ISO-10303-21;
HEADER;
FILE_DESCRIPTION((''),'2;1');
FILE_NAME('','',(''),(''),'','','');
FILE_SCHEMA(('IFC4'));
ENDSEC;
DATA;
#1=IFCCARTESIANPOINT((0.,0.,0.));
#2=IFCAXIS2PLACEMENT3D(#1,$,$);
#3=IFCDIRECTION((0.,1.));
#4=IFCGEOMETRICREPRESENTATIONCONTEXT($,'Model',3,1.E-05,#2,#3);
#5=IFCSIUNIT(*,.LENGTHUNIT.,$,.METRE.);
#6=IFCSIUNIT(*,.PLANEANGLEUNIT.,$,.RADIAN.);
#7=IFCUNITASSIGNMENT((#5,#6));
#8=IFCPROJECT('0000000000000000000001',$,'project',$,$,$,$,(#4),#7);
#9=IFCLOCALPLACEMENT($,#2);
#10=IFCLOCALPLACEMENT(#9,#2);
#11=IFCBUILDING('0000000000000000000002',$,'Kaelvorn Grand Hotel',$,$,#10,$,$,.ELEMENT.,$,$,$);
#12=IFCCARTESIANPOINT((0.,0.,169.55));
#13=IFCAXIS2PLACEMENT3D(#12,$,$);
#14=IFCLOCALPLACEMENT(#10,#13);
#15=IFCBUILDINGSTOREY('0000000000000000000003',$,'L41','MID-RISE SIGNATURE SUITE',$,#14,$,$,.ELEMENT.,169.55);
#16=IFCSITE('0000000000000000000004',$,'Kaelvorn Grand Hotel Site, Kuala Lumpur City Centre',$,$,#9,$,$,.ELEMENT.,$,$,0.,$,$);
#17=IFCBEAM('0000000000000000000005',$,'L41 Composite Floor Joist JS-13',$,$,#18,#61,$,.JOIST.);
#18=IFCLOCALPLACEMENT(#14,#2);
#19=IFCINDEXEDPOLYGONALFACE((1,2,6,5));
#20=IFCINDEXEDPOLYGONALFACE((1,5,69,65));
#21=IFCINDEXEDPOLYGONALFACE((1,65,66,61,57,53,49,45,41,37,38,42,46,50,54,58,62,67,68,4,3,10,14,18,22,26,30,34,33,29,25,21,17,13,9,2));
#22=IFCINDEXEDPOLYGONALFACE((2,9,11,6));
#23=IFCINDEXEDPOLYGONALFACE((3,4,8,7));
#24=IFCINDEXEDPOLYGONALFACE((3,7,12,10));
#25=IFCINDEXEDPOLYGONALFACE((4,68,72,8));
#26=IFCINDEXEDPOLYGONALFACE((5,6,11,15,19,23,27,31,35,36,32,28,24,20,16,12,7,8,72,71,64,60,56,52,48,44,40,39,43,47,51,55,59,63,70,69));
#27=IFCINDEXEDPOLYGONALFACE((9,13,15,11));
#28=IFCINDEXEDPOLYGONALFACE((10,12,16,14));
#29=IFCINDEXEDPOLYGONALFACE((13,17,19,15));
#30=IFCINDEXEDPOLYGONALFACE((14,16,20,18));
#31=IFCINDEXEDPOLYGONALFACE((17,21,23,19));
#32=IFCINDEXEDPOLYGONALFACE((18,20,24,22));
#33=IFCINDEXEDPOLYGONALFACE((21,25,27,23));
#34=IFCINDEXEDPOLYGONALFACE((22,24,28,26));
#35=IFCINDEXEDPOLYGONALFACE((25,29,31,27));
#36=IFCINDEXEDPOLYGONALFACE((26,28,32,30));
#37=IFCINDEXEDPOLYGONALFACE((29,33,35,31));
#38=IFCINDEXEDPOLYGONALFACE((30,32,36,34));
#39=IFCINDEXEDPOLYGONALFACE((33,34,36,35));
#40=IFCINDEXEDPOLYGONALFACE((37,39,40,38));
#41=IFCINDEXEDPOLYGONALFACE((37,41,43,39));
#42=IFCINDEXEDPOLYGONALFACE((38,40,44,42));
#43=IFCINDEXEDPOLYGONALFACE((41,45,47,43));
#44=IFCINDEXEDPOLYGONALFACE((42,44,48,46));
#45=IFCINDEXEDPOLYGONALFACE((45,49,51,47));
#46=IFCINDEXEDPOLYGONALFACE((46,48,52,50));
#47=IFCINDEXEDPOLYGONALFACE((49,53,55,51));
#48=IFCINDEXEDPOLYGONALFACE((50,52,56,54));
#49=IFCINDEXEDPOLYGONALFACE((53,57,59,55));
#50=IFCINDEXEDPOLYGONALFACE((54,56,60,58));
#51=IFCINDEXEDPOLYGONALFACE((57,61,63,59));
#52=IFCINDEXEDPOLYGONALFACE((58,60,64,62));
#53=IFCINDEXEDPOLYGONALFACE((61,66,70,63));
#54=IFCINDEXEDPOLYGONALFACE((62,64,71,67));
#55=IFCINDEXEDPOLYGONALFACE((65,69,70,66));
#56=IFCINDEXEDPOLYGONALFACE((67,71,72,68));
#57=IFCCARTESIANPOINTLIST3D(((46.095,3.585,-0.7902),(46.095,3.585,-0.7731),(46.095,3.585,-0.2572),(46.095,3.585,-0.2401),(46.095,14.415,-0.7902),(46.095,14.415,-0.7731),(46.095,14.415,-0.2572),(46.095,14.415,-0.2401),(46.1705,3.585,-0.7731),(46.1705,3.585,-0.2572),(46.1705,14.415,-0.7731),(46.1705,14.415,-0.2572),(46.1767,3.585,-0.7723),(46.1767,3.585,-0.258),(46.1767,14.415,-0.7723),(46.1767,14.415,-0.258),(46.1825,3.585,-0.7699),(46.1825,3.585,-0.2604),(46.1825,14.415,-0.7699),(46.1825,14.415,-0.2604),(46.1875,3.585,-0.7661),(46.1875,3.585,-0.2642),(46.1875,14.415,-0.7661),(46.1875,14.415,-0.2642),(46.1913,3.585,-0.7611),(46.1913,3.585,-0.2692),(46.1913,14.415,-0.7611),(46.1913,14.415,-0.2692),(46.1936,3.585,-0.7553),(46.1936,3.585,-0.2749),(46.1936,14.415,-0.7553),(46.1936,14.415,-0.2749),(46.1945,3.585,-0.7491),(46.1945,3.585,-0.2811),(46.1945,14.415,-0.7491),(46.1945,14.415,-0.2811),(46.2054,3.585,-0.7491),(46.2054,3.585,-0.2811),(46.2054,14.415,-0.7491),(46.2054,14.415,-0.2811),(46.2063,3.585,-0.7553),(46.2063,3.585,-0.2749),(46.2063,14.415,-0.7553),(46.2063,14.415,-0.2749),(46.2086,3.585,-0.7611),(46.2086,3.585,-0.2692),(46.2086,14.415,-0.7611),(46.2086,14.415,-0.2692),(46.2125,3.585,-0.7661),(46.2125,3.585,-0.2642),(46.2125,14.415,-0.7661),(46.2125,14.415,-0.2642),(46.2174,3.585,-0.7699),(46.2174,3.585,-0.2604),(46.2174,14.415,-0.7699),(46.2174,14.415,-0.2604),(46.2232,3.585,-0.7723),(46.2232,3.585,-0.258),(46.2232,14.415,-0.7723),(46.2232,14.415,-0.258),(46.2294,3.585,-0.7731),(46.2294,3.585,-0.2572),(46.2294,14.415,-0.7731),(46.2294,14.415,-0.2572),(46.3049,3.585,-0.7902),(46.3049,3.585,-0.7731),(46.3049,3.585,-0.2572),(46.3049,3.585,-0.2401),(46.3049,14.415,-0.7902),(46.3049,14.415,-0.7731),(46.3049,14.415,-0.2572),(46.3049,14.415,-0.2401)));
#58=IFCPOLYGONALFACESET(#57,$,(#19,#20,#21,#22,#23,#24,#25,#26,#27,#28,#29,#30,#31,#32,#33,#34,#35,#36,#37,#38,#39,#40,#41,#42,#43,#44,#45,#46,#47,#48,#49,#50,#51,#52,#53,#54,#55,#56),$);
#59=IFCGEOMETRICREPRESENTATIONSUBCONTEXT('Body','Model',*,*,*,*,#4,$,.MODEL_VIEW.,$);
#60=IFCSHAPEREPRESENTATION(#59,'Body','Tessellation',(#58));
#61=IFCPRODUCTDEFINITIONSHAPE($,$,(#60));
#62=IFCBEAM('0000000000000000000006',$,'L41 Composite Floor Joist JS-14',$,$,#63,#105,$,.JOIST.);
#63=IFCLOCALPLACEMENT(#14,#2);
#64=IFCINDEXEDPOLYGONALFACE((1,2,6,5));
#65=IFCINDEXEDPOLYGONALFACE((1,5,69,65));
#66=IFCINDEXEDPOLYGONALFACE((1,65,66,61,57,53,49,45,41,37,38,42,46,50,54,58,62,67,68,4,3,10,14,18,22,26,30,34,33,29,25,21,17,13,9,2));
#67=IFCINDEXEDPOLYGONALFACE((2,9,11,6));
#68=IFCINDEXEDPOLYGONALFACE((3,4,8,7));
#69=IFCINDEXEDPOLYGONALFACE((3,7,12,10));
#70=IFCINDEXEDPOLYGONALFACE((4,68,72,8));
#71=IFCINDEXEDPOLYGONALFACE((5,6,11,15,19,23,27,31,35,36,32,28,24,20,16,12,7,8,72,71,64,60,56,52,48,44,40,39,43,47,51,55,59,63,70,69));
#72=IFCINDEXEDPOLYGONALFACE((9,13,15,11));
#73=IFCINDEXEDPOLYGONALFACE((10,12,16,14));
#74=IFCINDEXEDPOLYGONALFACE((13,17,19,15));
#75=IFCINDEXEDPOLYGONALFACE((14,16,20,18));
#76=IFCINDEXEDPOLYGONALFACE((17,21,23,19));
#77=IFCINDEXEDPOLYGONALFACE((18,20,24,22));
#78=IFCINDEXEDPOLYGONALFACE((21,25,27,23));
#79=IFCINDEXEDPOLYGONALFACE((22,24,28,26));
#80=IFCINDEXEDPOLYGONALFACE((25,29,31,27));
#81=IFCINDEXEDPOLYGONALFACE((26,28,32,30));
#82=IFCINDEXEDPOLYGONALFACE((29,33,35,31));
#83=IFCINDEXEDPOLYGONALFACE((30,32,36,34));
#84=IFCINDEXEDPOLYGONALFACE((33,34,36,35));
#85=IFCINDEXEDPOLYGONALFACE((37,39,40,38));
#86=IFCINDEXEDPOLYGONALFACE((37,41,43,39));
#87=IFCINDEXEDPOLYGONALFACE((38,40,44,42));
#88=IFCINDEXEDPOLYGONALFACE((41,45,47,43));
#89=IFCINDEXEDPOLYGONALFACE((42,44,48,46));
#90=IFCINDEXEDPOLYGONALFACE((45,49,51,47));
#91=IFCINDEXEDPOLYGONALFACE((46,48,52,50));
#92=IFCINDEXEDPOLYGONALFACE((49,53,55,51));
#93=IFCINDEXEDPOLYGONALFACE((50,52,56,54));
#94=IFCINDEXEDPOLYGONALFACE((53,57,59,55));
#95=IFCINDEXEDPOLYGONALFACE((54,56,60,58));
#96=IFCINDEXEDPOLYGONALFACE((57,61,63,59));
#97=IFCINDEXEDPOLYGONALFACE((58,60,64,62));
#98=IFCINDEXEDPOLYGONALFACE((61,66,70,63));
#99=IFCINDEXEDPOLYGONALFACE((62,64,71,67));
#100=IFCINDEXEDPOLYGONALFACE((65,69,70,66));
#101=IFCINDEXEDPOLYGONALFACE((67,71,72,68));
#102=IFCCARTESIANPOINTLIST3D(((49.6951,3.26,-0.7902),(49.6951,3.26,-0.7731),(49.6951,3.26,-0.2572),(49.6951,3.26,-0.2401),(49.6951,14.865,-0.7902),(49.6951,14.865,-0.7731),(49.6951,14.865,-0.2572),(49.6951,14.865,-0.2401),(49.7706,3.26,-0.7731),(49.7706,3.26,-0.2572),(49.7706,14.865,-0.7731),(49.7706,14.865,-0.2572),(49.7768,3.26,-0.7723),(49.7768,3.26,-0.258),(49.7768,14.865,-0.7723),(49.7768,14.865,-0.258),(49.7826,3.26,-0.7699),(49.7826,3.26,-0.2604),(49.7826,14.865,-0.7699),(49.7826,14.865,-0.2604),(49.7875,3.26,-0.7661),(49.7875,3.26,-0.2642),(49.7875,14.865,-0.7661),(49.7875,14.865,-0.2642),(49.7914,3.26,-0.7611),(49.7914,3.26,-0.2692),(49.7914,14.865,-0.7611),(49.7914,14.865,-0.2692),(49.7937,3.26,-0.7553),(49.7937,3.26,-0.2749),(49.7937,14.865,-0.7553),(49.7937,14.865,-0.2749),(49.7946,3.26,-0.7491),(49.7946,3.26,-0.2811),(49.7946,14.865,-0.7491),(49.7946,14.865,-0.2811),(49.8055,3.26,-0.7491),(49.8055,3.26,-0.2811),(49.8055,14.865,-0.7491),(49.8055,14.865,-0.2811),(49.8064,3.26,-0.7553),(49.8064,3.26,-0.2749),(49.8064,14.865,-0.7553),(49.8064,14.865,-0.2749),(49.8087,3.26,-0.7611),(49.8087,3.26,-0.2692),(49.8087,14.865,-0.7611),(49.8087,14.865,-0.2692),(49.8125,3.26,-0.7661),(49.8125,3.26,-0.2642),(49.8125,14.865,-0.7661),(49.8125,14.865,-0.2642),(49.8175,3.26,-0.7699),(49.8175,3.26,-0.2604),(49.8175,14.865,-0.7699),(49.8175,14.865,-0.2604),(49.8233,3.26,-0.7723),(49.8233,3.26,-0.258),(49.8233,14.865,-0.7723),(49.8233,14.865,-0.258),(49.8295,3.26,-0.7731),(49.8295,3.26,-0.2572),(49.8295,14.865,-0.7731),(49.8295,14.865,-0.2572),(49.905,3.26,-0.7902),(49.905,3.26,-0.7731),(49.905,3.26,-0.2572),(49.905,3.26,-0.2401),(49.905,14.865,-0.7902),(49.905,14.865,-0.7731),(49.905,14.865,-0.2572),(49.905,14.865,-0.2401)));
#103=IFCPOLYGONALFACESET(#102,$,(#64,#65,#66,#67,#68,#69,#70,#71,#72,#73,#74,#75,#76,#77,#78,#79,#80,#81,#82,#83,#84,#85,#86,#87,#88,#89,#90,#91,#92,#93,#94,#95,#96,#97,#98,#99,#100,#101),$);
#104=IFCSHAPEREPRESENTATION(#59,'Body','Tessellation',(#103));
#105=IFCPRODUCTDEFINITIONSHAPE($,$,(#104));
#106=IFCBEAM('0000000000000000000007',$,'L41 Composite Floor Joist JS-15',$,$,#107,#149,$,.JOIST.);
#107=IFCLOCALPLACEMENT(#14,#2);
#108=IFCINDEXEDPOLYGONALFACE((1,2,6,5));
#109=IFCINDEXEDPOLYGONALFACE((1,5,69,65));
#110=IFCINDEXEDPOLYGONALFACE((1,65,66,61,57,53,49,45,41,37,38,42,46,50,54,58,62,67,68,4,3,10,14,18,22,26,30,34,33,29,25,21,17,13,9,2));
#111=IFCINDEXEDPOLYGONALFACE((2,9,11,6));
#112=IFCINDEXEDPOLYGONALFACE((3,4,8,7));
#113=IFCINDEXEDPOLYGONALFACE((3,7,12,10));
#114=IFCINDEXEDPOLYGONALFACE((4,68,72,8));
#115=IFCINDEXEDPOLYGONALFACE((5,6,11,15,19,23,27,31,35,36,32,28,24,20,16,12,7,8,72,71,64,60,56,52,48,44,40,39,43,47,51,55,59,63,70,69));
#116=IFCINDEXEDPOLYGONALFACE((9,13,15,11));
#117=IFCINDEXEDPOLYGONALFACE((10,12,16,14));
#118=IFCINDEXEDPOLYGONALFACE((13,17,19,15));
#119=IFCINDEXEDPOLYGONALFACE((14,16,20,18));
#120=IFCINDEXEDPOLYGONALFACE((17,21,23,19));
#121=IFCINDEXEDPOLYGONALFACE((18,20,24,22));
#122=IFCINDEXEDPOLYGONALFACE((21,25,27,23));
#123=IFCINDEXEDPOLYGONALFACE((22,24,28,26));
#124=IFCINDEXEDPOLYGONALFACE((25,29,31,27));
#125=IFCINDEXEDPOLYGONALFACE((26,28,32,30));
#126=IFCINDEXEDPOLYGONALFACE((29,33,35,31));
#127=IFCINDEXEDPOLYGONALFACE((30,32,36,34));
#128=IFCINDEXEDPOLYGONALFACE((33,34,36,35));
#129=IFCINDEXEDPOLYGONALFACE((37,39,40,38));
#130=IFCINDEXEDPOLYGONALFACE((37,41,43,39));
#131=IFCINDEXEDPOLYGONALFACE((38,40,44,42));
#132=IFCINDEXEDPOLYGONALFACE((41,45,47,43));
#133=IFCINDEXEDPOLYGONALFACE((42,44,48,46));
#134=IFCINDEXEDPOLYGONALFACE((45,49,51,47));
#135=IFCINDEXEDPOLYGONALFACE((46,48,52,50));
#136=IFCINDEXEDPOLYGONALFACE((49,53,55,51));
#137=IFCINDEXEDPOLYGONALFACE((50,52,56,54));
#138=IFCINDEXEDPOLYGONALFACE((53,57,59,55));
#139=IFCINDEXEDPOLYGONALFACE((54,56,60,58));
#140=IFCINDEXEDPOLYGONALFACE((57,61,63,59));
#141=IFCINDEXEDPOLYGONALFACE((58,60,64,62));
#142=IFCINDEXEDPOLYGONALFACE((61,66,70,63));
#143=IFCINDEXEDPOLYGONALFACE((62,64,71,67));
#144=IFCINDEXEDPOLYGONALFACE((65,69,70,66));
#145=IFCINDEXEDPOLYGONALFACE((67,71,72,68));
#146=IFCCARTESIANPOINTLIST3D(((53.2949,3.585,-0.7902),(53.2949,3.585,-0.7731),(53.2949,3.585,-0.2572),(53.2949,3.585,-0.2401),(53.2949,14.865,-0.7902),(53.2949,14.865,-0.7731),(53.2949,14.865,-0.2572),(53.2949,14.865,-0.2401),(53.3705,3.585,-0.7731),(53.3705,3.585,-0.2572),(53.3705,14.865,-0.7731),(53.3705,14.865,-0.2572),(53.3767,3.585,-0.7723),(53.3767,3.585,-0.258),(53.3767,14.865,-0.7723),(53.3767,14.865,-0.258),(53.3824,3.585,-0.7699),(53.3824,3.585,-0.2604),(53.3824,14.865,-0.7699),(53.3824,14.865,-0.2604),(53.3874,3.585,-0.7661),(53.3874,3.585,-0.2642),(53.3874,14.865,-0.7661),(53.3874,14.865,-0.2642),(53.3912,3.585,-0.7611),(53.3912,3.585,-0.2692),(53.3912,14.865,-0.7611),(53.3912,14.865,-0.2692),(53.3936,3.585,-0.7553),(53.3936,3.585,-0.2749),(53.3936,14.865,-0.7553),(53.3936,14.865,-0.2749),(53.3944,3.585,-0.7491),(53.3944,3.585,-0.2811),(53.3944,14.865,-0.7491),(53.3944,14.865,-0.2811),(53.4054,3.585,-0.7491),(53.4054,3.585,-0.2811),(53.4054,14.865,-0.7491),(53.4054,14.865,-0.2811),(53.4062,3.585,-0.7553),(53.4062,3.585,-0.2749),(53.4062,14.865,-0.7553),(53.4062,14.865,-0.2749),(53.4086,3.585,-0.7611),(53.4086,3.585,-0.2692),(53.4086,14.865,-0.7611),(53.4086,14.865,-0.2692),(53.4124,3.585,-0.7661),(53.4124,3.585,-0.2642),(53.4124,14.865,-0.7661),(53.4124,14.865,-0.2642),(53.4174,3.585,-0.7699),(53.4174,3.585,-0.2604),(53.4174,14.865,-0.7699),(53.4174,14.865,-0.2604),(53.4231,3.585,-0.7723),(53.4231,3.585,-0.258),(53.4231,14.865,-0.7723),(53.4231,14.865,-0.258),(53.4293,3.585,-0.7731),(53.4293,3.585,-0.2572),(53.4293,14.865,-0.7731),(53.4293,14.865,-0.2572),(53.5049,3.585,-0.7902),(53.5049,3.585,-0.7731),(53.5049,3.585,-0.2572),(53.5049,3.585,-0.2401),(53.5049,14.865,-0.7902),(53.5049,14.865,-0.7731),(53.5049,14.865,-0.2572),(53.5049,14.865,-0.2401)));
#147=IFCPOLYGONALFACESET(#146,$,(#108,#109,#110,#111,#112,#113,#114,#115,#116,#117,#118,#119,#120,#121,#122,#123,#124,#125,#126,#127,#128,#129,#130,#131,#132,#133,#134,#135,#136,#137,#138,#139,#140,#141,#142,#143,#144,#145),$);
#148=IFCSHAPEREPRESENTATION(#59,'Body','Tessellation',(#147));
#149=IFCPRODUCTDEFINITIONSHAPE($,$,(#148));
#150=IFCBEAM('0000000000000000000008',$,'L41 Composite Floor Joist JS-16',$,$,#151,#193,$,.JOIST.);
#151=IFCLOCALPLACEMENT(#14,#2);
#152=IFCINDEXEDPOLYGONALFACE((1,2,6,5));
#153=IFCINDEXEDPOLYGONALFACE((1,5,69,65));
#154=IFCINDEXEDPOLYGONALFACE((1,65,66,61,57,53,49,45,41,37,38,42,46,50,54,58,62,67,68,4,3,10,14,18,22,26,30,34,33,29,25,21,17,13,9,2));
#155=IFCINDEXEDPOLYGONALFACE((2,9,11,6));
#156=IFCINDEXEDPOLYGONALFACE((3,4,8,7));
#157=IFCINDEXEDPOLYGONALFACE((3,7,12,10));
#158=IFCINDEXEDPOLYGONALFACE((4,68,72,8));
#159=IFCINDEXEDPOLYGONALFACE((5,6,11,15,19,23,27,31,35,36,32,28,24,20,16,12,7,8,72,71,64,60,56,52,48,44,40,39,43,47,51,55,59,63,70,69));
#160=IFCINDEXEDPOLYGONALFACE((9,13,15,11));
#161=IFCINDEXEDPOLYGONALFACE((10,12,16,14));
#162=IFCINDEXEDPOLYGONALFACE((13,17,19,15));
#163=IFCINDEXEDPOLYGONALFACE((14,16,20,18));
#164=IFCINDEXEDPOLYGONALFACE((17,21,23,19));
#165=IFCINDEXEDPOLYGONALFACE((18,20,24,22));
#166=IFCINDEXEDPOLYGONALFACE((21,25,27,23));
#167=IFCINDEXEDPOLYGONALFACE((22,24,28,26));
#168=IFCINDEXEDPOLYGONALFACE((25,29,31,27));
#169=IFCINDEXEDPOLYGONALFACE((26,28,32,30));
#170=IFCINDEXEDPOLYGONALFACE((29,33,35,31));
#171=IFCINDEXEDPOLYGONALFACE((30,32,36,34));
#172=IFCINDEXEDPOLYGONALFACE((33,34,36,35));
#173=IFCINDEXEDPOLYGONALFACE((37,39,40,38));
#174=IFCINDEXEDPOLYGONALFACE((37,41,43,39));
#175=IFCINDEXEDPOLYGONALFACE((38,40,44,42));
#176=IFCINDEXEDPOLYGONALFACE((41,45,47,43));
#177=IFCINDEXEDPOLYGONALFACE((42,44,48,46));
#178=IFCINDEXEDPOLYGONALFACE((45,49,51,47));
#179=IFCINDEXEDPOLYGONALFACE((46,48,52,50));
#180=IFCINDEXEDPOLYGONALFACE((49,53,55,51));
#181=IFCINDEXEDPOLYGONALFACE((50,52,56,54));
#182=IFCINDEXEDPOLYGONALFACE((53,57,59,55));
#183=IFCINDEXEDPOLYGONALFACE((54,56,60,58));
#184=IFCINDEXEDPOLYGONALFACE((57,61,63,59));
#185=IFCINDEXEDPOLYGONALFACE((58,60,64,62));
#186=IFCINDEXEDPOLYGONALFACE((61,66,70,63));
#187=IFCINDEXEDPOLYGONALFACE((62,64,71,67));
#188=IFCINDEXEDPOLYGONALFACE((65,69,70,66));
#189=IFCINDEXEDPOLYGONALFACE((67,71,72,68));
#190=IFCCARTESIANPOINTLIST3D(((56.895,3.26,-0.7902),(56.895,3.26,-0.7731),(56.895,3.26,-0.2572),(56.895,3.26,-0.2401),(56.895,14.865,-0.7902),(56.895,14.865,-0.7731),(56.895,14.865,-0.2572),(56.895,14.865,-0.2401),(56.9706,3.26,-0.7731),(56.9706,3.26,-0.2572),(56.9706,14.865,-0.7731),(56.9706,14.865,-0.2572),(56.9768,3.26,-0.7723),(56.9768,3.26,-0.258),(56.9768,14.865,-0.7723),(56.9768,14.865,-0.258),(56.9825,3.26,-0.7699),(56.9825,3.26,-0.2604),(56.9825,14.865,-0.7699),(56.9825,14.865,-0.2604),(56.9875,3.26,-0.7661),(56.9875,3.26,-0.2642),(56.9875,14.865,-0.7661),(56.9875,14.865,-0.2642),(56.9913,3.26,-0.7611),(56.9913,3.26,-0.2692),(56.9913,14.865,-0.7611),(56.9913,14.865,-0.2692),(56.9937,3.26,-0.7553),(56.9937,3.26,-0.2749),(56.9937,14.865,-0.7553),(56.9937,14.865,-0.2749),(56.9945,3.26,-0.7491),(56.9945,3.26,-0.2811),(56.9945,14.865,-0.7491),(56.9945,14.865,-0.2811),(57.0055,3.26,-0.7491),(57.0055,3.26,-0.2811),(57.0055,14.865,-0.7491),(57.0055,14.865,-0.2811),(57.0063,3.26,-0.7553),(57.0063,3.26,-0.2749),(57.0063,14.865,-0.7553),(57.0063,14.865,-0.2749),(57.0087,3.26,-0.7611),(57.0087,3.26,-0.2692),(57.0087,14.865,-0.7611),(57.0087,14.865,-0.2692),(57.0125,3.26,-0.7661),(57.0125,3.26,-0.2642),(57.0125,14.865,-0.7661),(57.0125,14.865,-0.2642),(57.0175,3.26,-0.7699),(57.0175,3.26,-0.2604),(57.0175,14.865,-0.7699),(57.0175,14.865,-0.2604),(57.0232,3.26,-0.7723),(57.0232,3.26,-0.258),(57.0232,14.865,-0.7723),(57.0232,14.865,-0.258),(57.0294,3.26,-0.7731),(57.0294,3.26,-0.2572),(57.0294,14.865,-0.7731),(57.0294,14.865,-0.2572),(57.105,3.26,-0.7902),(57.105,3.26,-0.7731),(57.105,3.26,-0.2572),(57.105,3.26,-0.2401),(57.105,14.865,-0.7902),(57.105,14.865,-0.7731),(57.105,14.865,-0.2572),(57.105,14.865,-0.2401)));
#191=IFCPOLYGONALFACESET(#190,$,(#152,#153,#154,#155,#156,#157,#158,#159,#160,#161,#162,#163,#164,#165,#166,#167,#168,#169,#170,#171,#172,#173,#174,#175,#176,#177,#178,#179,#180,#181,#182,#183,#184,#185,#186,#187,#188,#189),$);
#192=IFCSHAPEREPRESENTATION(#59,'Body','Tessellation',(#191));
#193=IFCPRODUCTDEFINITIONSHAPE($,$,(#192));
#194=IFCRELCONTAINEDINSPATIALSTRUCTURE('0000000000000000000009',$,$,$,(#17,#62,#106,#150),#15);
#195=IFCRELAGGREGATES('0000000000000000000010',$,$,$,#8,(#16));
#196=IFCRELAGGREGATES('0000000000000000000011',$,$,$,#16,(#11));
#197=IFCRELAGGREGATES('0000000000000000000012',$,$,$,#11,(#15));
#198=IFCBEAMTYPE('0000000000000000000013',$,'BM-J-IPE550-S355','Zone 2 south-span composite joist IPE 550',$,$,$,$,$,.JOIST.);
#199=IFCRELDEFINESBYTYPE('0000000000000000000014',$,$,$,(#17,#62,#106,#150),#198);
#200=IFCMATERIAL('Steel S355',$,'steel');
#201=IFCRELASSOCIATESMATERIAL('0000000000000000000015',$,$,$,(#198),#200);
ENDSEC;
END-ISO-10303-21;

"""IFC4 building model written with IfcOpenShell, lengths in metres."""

from ifc_helpers import new_model, si_unit, direction, frame, origin, origin_2d, place, context, subcontext, project, spatial, i_section, extrude, material, material_profile, profile_set, type_object, element, save


model = new_model("IFC4")

# Units and contexts
model_context = context("Model", 3, precision=1e-05, world=origin(), true_north=direction((0.0, 1.0)))
body_context = subcontext(model_context, "Body", "Model", "MODEL_VIEW")
ifc_project = project(units=[si_unit("LENGTHUNIT", "METRE"), si_unit("PLANEANGLEUNIT", "RADIAN")], contexts=[model_context])

# Site, building, storey
site_placement = place(None, origin())
site = spatial("IfcSite", under=ifc_project, at=site_placement, Name="Kaelvorn Grand Hotel Site, Kuala Lumpur City Centre", CompositionType="ELEMENT", RefElevation=0.0)
building_placement = place(site_placement, origin())
building = spatial("IfcBuilding", under=site, at=building_placement, Name="Kaelvorn Grand Hotel", CompositionType="ELEMENT")
storey_placement = place(building_placement, frame((0.0, 0.0, 169.55)))
storey = spatial("IfcBuildingStorey", under=building, at=storey_placement, Name="L41", Description="MID-RISE SIGNATURE SUITE", CompositionType="ELEMENT", Elevation=169.55)

# Beams
ifc_material_1 = material(Name="Steel S355", Category="steel")
ifc_material_profile_1 = material_profile(ifc_material_1, i_section(OverallWidth=0.21, OverallDepth=0.55, WebThickness=0.011, FlangeThickness=0.0171, FilletRadius=0.0239, at=origin_2d()), Name="IPE 550")
ifc_profile_set_1 = profile_set([ifc_material_profile_1], Name="Steel S355")
beam_type_1 = type_object("IfcBeamType", Name="BM-J-IPE550-S355", Description="Zone 2 south-span composite joist IPE 550", PredefinedType="JOIST", material=ifc_profile_set_1)
beam_1_placement = place(storey_placement, frame((46.2, 3.585, -0.5151), z_axis=(0.0, 1.0, 0.0), x_axis=(-1.0, 0.0, 0.0)))
element("IfcBeam", 1, at=beam_1_placement, inside=storey, type_object=beam_type_1, Name="L41 Composite Floor Joist JS-13", PredefinedType="JOIST", context=body_context, shape_type="SweptSolid", body=[
    extrude(i_section(OverallWidth=0.21, OverallDepth=0.55, WebThickness=0.011, FlangeThickness=0.0171, FilletRadius=0.0239, at=origin_2d()), origin(), (0.0, 0.0, 1.0), 10.8301),
])
beam_2_placement = place(storey_placement, frame((49.8, 3.26, -0.5151), z_axis=(0.0, 1.0, 0.0), x_axis=(-1.0, 0.0, 0.0)))
element("IfcBeam", 2, at=beam_2_placement, inside=storey, type_object=beam_type_1, Name="L41 Composite Floor Joist JS-14", PredefinedType="JOIST", context=body_context, shape_type="SweptSolid", body=[
    extrude(i_section(OverallWidth=0.21, OverallDepth=0.55, WebThickness=0.011, FlangeThickness=0.0171, FilletRadius=0.0239, at=origin_2d()), origin(), (0.0, 0.0, 1.0), 11.605),
])
beam_3_placement = place(storey_placement, frame((53.3999, 3.585, -0.5151), z_axis=(0.0, 1.0, 0.0), x_axis=(-1.0, 0.0, 0.0)))
element("IfcBeam", 3, at=beam_3_placement, inside=storey, type_object=beam_type_1, Name="L41 Composite Floor Joist JS-15", PredefinedType="JOIST", context=body_context, shape_type="SweptSolid", body=[
    extrude(i_section(OverallWidth=0.21, OverallDepth=0.55, WebThickness=0.011, FlangeThickness=0.0171, FilletRadius=0.0239, at=origin_2d()), origin(), (0.0, 0.0, 1.0), 11.28),
])
beam_4_placement = place(storey_placement, frame((57.0, 3.26, -0.5151), z_axis=(0.0, 1.0, 0.0), x_axis=(-1.0, 0.0, 0.0)))
element("IfcBeam", 4, at=beam_4_placement, inside=storey, type_object=beam_type_1, Name="L41 Composite Floor Joist JS-16", PredefinedType="JOIST", context=body_context, shape_type="SweptSolid", body=[
    extrude(i_section(OverallWidth=0.21, OverallDepth=0.55, WebThickness=0.011, FlangeThickness=0.0171, FilletRadius=0.0239, at=origin_2d()), origin(), (0.0, 0.0, 1.0), 11.605),
])

save(model, "model.ifc")
